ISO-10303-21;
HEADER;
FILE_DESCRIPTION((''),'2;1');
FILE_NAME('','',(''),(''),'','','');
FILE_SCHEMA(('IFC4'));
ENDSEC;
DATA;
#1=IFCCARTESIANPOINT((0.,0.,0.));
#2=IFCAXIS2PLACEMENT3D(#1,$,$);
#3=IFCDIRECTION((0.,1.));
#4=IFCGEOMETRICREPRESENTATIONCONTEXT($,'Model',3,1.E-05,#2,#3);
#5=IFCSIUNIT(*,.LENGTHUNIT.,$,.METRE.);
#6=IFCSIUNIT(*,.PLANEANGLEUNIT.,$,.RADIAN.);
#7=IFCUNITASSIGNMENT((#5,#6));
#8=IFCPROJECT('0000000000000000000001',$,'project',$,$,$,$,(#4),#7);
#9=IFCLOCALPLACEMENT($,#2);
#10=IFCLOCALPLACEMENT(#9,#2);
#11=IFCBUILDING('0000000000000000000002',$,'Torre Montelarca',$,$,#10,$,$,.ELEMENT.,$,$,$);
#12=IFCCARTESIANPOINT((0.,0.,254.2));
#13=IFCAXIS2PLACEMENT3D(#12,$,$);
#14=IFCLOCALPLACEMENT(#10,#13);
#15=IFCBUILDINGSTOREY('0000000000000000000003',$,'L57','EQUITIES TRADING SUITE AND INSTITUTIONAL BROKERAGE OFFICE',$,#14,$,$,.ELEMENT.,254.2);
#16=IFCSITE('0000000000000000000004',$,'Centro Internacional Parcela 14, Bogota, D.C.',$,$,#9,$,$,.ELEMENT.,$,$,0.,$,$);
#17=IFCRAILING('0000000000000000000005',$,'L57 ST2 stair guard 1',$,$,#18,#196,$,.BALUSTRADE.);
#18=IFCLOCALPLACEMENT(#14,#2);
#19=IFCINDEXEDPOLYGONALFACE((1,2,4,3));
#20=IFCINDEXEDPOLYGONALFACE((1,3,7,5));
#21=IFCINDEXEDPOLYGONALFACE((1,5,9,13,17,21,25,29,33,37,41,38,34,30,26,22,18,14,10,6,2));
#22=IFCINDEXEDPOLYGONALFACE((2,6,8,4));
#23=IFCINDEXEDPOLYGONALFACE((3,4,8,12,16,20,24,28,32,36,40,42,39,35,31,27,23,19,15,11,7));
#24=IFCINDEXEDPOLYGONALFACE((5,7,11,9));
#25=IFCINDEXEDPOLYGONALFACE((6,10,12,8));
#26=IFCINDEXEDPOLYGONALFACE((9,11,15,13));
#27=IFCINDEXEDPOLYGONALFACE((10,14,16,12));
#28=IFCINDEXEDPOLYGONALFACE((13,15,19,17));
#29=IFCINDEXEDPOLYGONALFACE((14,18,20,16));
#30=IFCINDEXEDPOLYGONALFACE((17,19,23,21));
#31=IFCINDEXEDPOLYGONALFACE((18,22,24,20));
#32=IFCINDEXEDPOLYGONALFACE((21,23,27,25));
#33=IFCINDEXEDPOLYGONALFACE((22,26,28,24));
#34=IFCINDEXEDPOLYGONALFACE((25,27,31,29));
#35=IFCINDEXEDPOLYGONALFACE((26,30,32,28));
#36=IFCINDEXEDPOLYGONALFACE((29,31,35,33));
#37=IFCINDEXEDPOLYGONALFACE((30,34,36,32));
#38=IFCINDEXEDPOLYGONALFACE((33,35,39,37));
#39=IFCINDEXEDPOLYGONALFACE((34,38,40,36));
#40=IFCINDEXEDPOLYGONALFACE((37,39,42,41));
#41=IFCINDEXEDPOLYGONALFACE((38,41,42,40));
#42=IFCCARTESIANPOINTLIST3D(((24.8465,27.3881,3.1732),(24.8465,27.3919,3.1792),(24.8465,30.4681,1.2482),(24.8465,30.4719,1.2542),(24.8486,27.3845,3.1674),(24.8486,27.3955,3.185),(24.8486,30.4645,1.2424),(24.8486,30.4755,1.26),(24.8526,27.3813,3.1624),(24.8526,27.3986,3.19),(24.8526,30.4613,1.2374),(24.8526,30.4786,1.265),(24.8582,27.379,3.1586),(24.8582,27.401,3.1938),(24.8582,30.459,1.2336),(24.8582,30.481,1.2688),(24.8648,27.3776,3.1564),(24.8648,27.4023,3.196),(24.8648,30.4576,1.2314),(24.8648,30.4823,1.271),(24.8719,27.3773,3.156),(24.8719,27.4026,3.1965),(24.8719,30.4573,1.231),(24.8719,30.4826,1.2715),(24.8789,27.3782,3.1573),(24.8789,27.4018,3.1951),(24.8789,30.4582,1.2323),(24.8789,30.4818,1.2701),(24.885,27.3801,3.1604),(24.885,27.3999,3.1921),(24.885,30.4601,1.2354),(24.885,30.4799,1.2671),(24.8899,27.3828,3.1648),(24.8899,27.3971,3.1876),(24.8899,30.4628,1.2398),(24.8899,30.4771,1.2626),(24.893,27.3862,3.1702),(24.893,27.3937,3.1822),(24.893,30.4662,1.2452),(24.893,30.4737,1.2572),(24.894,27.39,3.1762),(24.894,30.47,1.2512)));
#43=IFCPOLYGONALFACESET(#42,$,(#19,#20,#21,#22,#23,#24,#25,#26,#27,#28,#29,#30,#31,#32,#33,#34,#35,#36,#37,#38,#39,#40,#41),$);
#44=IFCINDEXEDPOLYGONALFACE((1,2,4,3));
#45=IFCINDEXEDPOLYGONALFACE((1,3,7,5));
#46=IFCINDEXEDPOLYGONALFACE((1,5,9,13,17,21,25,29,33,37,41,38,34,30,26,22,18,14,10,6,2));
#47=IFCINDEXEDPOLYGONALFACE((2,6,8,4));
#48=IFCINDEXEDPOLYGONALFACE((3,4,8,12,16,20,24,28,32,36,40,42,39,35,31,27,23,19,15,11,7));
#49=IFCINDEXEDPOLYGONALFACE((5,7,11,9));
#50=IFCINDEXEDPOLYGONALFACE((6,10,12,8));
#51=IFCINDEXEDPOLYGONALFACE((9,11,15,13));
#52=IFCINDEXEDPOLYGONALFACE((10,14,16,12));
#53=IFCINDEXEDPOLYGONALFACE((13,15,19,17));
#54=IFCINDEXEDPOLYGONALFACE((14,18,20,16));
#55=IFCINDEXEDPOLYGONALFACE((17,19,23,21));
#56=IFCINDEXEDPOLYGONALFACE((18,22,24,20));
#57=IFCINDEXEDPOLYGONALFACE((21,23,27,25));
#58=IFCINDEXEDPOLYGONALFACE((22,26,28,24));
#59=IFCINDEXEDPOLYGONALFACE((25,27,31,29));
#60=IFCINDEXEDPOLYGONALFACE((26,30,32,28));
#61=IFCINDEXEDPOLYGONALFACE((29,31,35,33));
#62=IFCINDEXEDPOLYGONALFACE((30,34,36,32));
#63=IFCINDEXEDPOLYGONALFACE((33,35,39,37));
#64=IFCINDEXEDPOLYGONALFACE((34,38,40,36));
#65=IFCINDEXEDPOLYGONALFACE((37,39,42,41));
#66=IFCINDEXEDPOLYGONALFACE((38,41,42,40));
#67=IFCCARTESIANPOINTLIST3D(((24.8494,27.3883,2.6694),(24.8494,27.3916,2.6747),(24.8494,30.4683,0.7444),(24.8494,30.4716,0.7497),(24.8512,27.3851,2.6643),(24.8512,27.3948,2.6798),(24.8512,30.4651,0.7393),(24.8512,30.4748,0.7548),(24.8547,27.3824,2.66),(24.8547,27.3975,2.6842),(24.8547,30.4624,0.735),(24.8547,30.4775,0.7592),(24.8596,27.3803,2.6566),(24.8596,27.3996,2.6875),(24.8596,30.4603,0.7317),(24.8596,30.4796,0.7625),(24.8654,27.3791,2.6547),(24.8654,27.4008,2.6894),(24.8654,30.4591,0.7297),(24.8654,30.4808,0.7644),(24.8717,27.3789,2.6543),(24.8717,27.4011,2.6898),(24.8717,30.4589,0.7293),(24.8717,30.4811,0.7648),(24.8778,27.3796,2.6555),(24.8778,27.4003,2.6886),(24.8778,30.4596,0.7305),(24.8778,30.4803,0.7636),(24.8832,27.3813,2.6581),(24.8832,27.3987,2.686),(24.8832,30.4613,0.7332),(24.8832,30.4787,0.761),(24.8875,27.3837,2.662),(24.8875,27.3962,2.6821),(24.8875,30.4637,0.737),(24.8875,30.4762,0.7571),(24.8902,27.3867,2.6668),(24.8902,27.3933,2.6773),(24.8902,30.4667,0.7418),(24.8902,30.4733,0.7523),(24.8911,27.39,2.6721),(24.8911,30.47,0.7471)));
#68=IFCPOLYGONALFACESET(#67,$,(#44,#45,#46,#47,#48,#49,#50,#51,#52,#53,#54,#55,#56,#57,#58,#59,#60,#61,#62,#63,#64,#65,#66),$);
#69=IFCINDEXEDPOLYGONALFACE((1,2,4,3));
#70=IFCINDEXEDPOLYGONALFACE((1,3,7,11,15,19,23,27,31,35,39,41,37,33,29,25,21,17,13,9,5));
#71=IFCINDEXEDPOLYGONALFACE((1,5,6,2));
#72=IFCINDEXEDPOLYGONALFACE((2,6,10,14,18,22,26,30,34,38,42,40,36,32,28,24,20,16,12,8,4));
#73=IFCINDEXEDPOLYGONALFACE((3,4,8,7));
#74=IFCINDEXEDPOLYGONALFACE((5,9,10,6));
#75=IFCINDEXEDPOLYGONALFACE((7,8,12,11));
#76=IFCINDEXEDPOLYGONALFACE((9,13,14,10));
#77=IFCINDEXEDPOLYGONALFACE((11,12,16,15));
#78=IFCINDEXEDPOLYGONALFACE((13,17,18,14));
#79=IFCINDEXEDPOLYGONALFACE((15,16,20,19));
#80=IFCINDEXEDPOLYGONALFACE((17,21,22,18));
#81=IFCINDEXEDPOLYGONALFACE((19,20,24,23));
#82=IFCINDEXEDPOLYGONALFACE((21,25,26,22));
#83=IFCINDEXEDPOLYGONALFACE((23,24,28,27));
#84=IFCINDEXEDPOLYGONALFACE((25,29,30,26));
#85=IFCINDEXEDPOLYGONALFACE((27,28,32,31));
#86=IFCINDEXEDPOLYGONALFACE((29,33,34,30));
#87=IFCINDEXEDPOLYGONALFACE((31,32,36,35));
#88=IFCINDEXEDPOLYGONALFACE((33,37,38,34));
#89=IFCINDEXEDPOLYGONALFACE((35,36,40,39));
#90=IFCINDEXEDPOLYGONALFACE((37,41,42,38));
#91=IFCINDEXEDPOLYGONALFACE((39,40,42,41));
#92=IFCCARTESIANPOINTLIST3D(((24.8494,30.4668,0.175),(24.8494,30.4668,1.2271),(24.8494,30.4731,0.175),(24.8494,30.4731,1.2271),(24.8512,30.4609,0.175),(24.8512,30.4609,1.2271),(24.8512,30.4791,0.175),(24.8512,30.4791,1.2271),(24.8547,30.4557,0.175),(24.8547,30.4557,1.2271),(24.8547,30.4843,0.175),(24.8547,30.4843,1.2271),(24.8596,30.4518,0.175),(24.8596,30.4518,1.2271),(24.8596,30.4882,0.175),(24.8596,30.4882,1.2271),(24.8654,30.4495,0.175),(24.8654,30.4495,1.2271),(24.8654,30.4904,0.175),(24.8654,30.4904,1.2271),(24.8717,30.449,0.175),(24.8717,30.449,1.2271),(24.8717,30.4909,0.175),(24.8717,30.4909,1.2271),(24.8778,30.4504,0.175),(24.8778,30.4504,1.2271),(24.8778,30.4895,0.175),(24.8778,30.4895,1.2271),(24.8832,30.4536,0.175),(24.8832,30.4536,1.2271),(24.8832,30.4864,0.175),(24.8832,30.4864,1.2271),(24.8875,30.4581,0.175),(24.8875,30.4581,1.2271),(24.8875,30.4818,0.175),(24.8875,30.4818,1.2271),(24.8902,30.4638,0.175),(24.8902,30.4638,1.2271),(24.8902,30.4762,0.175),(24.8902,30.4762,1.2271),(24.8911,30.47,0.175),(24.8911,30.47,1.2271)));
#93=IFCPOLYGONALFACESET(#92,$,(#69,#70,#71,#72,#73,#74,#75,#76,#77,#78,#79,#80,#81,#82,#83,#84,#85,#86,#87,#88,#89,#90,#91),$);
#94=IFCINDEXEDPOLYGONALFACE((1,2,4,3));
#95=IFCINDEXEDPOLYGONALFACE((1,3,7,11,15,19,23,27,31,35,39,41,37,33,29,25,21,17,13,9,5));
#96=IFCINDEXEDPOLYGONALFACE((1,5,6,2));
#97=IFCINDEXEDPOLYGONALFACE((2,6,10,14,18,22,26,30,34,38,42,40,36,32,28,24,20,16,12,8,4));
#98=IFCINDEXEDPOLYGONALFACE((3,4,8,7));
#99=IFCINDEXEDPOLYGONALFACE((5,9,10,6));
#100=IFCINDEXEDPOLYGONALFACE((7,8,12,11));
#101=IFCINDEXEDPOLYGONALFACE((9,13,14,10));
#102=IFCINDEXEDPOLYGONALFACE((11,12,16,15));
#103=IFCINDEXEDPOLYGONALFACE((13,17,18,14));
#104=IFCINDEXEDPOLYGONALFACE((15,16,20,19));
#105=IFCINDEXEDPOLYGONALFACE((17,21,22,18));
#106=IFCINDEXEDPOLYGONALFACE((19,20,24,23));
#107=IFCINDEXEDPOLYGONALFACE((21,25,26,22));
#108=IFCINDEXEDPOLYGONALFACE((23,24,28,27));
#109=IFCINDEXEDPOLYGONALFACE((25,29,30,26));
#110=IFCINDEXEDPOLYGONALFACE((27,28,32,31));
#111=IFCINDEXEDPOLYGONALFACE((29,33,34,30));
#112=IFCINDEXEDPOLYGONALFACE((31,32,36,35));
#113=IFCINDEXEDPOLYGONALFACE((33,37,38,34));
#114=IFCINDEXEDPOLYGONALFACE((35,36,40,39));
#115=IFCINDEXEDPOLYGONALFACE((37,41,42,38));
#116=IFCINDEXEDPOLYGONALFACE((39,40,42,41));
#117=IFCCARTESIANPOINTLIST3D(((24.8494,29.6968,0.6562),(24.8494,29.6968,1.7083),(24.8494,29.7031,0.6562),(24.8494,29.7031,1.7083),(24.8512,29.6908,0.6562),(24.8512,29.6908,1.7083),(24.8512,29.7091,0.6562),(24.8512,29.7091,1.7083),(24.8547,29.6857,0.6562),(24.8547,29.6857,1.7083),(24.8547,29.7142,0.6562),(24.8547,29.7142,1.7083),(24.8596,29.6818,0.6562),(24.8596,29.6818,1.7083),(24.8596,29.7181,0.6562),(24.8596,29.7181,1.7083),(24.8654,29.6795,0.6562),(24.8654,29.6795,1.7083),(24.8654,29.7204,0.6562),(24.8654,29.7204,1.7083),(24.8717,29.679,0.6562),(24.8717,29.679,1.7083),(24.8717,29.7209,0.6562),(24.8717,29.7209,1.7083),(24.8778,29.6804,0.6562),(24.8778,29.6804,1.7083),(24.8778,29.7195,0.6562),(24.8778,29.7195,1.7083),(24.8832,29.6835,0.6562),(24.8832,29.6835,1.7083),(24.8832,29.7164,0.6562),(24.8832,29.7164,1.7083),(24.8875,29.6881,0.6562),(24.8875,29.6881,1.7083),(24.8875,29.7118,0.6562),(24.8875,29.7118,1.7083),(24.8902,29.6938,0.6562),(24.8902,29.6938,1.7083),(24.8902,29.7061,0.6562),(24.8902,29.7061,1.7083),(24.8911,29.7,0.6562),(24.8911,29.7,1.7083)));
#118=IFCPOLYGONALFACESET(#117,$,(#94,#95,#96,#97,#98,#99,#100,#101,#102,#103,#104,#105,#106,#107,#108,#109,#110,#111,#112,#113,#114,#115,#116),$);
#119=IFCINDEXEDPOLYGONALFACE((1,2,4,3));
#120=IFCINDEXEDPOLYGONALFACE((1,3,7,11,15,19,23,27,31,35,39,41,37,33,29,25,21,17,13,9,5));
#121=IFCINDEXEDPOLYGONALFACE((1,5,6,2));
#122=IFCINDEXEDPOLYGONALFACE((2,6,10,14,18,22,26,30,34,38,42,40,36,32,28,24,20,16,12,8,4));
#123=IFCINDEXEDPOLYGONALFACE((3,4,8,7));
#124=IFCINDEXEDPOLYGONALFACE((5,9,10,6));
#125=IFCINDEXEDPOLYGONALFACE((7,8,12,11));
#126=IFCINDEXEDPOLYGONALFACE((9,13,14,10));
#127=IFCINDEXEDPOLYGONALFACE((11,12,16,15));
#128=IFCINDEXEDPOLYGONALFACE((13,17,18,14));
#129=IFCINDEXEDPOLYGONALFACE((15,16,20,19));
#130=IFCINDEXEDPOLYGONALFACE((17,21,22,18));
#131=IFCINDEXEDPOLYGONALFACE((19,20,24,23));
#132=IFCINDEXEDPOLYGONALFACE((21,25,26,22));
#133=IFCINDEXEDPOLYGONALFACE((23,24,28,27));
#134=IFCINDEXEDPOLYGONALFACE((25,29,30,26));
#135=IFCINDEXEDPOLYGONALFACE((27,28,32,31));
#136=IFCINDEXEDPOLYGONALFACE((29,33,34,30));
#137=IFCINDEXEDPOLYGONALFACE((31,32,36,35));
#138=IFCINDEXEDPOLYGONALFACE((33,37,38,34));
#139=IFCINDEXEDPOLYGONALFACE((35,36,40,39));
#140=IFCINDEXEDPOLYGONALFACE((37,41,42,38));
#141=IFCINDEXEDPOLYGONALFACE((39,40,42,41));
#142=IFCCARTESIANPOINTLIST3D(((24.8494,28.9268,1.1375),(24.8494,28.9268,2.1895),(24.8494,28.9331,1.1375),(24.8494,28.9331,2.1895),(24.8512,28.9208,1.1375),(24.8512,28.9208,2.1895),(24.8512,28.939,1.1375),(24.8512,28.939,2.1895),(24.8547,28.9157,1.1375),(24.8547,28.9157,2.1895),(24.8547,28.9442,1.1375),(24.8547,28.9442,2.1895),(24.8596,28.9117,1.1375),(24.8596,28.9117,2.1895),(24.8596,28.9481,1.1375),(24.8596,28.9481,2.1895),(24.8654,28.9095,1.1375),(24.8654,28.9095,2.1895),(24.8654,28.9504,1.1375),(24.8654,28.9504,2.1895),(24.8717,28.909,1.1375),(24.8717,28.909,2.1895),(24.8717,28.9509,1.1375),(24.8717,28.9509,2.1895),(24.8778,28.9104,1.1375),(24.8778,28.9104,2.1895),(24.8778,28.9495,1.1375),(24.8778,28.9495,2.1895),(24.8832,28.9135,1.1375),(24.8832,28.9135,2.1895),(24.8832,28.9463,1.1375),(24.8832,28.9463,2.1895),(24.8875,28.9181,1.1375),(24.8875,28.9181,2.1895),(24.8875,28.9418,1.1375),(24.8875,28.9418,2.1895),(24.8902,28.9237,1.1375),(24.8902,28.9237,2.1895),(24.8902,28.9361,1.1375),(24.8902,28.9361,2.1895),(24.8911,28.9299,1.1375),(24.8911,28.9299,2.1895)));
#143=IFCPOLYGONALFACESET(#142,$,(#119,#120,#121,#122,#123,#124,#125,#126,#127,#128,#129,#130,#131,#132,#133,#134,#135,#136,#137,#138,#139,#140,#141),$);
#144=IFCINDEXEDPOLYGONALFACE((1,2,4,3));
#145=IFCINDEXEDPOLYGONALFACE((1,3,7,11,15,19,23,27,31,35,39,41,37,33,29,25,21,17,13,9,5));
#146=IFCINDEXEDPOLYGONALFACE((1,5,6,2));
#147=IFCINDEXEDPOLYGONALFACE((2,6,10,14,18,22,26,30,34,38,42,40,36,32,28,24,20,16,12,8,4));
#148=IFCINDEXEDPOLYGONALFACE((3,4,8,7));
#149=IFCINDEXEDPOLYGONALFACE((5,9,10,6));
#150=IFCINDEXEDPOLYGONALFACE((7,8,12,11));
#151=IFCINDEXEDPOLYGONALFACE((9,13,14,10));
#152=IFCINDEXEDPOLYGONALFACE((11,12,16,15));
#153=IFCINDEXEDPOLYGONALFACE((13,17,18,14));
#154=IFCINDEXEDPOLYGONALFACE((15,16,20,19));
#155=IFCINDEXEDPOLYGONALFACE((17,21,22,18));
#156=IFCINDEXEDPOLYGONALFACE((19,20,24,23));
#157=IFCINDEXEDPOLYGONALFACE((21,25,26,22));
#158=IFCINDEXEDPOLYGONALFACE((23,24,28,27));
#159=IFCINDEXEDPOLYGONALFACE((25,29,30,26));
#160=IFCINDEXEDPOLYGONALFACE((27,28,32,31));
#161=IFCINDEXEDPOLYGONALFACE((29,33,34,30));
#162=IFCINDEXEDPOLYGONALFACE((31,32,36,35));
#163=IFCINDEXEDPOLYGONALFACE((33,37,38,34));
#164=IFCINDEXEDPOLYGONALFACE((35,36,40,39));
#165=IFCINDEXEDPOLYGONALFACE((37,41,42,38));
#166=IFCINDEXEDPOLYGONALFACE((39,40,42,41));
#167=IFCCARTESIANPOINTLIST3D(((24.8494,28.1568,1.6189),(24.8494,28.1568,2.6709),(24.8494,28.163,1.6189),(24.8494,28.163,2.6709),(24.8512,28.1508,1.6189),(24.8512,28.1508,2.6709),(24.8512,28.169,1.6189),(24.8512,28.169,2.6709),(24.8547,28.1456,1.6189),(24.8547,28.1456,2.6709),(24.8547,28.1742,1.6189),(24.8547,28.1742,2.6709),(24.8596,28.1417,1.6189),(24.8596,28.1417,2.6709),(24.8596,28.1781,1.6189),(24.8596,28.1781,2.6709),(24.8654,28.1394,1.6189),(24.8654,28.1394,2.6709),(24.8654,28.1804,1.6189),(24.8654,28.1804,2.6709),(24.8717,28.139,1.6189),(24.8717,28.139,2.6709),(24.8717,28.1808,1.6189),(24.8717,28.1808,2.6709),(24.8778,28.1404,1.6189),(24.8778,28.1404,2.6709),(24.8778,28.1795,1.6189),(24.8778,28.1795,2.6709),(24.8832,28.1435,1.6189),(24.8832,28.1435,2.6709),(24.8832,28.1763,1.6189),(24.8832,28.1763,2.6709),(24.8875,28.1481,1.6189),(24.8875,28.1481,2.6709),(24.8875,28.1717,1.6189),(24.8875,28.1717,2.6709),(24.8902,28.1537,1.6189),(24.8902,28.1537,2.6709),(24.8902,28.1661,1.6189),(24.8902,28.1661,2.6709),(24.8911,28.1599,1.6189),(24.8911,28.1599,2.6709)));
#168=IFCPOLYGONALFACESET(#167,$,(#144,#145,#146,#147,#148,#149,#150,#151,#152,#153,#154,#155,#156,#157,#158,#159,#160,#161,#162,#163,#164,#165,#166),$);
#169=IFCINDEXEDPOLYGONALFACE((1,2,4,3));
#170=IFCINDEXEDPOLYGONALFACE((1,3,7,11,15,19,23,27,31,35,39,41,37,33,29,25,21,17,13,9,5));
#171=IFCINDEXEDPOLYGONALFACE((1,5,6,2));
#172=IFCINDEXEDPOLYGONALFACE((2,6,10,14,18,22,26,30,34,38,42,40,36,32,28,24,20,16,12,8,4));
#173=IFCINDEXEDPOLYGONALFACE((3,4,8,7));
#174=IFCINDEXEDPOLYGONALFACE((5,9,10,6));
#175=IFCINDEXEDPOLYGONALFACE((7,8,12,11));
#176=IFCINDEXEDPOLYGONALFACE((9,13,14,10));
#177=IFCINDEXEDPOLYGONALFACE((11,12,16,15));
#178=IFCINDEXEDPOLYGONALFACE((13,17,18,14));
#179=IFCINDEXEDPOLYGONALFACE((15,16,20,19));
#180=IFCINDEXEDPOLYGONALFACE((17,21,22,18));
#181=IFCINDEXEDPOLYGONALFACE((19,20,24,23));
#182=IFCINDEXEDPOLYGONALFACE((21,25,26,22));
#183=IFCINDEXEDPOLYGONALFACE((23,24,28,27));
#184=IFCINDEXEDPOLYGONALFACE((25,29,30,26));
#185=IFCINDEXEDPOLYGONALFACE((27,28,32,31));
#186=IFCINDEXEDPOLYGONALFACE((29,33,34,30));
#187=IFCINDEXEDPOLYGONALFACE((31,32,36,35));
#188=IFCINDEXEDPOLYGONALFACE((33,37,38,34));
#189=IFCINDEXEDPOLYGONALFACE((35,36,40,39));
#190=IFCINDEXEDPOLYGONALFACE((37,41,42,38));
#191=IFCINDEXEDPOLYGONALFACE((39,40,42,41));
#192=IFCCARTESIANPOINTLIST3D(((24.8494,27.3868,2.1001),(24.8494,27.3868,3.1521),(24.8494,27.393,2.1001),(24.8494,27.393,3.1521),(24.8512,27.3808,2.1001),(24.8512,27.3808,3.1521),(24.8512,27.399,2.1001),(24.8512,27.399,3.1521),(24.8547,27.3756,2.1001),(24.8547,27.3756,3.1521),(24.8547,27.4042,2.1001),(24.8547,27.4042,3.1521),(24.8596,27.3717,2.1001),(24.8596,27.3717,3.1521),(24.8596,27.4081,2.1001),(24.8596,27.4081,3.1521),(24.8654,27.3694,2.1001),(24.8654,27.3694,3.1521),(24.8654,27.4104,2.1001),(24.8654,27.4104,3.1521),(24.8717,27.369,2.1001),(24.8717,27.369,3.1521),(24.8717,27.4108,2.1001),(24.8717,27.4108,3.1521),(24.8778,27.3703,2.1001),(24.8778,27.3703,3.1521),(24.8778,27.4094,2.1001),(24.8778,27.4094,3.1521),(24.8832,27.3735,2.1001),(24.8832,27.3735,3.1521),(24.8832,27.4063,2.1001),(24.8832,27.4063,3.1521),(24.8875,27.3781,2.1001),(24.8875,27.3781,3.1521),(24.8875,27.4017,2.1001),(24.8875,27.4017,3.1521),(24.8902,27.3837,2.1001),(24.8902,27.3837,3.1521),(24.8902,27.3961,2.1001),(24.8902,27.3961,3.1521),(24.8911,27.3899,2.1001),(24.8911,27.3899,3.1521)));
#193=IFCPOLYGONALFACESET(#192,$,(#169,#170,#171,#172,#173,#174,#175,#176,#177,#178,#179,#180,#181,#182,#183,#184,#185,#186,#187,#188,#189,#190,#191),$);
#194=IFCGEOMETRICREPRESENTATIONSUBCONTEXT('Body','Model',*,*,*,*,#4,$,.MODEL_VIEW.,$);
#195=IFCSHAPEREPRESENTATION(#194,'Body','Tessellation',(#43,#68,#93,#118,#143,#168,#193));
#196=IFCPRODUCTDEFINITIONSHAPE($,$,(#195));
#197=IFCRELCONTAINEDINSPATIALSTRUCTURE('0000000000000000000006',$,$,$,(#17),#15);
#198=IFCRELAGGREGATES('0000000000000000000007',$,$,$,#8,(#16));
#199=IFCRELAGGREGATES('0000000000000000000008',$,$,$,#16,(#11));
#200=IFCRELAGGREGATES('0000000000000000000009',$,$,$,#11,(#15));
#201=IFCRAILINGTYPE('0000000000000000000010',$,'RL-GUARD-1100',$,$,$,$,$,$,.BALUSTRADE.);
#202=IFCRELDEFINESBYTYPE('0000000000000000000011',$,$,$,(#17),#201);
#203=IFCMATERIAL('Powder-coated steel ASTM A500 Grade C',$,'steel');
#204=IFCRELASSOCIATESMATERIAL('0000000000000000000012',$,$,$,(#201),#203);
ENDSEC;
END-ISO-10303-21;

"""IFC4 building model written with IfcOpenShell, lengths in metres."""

from ifc_helpers import new_model, si_unit, direction, frame, origin, origin_2d, place, context, subcontext, project, spatial, circle, extrude, material, type_object, element, save


model = new_model("IFC4")

# Units and contexts
model_context = context("Model", 3, precision=1e-05, world=origin(), true_north=direction((0.0, 1.0)))
body_context = subcontext(model_context, "Body", "Model", "MODEL_VIEW")
ifc_project = project(units=[si_unit("LENGTHUNIT", "METRE"), si_unit("PLANEANGLEUNIT", "RADIAN")], contexts=[model_context])

# Site, building, storey
site_placement = place(None, origin())
site = spatial("IfcSite", under=ifc_project, at=site_placement, Name="Centro Internacional Parcela 14, Bogota, D.C.", CompositionType="ELEMENT", RefElevation=0.0)
building_placement = place(site_placement, origin())
building = spatial("IfcBuilding", under=site, at=building_placement, Name="Torre Montelarca", CompositionType="ELEMENT")
storey_placement = place(building_placement, frame((0.0, 0.0, 254.2)))
storey = spatial("IfcBuildingStorey", under=building, at=storey_placement, Name="L57", Description="EQUITIES TRADING SUITE AND INSTITUTIONAL BROKERAGE OFFICE", CompositionType="ELEMENT", Elevation=254.2)

# Railing
ifc_material_1 = material(Name="Powder-coated steel ASTM A500 Grade C", Category="steel")
railing_type_1 = type_object("IfcRailingType", Name="RL-GUARD-1100", PredefinedType="BALUSTRADE", material=ifc_material_1)
railing_1_placement = place(storey_placement, frame((24.8701, 30.47, 0.175)))
element("IfcRailing", 1, at=railing_1_placement, inside=storey, type_object=railing_type_1, Name="L57 ST2 stair guard 1", PredefinedType="BALUSTRADE", context=body_context, shape_type="SweptSolid", body=[
    extrude(circle(Radius=0.0239, at=origin_2d()), frame((0.0, 0.0, 1.0762), z_axis=(0.0, -0.847998, 0.529999), x_axis=(1.0, 0.0, 0.0)), (0.0, 0.0, 1.0), 3.6321),
    extrude(circle(Radius=0.021, at=origin_2d()), frame((0.0, 0.0, 0.572), z_axis=(0.0, -0.847998, 0.529999), x_axis=(1.0, 0.0, 0.0)), (0.0, 0.0, 1.0), 3.6321),
    extrude(circle(Radius=0.021, at=origin_2d()), origin(), (0.0, 0.0, 1.0), 1.052),
    extrude(circle(Radius=0.021, at=origin_2d()), frame((0.0, -0.77, 0.4812)), (0.0, 0.0, 1.0), 1.052),
    extrude(circle(Radius=0.021, at=origin_2d()), frame((0.0, -1.54, 0.9624)), (0.0, 0.0, 1.0), 1.052),
    extrude(circle(Radius=0.021, at=origin_2d()), frame((0.0, -2.3101, 1.4438)), (0.0, 0.0, 1.0), 1.052),
    extrude(circle(Radius=0.021, at=origin_2d()), frame((0.0, -3.0801, 1.925)), (0.0, 0.0, 1.0), 1.052),
])

save(model, "model.ifc")
